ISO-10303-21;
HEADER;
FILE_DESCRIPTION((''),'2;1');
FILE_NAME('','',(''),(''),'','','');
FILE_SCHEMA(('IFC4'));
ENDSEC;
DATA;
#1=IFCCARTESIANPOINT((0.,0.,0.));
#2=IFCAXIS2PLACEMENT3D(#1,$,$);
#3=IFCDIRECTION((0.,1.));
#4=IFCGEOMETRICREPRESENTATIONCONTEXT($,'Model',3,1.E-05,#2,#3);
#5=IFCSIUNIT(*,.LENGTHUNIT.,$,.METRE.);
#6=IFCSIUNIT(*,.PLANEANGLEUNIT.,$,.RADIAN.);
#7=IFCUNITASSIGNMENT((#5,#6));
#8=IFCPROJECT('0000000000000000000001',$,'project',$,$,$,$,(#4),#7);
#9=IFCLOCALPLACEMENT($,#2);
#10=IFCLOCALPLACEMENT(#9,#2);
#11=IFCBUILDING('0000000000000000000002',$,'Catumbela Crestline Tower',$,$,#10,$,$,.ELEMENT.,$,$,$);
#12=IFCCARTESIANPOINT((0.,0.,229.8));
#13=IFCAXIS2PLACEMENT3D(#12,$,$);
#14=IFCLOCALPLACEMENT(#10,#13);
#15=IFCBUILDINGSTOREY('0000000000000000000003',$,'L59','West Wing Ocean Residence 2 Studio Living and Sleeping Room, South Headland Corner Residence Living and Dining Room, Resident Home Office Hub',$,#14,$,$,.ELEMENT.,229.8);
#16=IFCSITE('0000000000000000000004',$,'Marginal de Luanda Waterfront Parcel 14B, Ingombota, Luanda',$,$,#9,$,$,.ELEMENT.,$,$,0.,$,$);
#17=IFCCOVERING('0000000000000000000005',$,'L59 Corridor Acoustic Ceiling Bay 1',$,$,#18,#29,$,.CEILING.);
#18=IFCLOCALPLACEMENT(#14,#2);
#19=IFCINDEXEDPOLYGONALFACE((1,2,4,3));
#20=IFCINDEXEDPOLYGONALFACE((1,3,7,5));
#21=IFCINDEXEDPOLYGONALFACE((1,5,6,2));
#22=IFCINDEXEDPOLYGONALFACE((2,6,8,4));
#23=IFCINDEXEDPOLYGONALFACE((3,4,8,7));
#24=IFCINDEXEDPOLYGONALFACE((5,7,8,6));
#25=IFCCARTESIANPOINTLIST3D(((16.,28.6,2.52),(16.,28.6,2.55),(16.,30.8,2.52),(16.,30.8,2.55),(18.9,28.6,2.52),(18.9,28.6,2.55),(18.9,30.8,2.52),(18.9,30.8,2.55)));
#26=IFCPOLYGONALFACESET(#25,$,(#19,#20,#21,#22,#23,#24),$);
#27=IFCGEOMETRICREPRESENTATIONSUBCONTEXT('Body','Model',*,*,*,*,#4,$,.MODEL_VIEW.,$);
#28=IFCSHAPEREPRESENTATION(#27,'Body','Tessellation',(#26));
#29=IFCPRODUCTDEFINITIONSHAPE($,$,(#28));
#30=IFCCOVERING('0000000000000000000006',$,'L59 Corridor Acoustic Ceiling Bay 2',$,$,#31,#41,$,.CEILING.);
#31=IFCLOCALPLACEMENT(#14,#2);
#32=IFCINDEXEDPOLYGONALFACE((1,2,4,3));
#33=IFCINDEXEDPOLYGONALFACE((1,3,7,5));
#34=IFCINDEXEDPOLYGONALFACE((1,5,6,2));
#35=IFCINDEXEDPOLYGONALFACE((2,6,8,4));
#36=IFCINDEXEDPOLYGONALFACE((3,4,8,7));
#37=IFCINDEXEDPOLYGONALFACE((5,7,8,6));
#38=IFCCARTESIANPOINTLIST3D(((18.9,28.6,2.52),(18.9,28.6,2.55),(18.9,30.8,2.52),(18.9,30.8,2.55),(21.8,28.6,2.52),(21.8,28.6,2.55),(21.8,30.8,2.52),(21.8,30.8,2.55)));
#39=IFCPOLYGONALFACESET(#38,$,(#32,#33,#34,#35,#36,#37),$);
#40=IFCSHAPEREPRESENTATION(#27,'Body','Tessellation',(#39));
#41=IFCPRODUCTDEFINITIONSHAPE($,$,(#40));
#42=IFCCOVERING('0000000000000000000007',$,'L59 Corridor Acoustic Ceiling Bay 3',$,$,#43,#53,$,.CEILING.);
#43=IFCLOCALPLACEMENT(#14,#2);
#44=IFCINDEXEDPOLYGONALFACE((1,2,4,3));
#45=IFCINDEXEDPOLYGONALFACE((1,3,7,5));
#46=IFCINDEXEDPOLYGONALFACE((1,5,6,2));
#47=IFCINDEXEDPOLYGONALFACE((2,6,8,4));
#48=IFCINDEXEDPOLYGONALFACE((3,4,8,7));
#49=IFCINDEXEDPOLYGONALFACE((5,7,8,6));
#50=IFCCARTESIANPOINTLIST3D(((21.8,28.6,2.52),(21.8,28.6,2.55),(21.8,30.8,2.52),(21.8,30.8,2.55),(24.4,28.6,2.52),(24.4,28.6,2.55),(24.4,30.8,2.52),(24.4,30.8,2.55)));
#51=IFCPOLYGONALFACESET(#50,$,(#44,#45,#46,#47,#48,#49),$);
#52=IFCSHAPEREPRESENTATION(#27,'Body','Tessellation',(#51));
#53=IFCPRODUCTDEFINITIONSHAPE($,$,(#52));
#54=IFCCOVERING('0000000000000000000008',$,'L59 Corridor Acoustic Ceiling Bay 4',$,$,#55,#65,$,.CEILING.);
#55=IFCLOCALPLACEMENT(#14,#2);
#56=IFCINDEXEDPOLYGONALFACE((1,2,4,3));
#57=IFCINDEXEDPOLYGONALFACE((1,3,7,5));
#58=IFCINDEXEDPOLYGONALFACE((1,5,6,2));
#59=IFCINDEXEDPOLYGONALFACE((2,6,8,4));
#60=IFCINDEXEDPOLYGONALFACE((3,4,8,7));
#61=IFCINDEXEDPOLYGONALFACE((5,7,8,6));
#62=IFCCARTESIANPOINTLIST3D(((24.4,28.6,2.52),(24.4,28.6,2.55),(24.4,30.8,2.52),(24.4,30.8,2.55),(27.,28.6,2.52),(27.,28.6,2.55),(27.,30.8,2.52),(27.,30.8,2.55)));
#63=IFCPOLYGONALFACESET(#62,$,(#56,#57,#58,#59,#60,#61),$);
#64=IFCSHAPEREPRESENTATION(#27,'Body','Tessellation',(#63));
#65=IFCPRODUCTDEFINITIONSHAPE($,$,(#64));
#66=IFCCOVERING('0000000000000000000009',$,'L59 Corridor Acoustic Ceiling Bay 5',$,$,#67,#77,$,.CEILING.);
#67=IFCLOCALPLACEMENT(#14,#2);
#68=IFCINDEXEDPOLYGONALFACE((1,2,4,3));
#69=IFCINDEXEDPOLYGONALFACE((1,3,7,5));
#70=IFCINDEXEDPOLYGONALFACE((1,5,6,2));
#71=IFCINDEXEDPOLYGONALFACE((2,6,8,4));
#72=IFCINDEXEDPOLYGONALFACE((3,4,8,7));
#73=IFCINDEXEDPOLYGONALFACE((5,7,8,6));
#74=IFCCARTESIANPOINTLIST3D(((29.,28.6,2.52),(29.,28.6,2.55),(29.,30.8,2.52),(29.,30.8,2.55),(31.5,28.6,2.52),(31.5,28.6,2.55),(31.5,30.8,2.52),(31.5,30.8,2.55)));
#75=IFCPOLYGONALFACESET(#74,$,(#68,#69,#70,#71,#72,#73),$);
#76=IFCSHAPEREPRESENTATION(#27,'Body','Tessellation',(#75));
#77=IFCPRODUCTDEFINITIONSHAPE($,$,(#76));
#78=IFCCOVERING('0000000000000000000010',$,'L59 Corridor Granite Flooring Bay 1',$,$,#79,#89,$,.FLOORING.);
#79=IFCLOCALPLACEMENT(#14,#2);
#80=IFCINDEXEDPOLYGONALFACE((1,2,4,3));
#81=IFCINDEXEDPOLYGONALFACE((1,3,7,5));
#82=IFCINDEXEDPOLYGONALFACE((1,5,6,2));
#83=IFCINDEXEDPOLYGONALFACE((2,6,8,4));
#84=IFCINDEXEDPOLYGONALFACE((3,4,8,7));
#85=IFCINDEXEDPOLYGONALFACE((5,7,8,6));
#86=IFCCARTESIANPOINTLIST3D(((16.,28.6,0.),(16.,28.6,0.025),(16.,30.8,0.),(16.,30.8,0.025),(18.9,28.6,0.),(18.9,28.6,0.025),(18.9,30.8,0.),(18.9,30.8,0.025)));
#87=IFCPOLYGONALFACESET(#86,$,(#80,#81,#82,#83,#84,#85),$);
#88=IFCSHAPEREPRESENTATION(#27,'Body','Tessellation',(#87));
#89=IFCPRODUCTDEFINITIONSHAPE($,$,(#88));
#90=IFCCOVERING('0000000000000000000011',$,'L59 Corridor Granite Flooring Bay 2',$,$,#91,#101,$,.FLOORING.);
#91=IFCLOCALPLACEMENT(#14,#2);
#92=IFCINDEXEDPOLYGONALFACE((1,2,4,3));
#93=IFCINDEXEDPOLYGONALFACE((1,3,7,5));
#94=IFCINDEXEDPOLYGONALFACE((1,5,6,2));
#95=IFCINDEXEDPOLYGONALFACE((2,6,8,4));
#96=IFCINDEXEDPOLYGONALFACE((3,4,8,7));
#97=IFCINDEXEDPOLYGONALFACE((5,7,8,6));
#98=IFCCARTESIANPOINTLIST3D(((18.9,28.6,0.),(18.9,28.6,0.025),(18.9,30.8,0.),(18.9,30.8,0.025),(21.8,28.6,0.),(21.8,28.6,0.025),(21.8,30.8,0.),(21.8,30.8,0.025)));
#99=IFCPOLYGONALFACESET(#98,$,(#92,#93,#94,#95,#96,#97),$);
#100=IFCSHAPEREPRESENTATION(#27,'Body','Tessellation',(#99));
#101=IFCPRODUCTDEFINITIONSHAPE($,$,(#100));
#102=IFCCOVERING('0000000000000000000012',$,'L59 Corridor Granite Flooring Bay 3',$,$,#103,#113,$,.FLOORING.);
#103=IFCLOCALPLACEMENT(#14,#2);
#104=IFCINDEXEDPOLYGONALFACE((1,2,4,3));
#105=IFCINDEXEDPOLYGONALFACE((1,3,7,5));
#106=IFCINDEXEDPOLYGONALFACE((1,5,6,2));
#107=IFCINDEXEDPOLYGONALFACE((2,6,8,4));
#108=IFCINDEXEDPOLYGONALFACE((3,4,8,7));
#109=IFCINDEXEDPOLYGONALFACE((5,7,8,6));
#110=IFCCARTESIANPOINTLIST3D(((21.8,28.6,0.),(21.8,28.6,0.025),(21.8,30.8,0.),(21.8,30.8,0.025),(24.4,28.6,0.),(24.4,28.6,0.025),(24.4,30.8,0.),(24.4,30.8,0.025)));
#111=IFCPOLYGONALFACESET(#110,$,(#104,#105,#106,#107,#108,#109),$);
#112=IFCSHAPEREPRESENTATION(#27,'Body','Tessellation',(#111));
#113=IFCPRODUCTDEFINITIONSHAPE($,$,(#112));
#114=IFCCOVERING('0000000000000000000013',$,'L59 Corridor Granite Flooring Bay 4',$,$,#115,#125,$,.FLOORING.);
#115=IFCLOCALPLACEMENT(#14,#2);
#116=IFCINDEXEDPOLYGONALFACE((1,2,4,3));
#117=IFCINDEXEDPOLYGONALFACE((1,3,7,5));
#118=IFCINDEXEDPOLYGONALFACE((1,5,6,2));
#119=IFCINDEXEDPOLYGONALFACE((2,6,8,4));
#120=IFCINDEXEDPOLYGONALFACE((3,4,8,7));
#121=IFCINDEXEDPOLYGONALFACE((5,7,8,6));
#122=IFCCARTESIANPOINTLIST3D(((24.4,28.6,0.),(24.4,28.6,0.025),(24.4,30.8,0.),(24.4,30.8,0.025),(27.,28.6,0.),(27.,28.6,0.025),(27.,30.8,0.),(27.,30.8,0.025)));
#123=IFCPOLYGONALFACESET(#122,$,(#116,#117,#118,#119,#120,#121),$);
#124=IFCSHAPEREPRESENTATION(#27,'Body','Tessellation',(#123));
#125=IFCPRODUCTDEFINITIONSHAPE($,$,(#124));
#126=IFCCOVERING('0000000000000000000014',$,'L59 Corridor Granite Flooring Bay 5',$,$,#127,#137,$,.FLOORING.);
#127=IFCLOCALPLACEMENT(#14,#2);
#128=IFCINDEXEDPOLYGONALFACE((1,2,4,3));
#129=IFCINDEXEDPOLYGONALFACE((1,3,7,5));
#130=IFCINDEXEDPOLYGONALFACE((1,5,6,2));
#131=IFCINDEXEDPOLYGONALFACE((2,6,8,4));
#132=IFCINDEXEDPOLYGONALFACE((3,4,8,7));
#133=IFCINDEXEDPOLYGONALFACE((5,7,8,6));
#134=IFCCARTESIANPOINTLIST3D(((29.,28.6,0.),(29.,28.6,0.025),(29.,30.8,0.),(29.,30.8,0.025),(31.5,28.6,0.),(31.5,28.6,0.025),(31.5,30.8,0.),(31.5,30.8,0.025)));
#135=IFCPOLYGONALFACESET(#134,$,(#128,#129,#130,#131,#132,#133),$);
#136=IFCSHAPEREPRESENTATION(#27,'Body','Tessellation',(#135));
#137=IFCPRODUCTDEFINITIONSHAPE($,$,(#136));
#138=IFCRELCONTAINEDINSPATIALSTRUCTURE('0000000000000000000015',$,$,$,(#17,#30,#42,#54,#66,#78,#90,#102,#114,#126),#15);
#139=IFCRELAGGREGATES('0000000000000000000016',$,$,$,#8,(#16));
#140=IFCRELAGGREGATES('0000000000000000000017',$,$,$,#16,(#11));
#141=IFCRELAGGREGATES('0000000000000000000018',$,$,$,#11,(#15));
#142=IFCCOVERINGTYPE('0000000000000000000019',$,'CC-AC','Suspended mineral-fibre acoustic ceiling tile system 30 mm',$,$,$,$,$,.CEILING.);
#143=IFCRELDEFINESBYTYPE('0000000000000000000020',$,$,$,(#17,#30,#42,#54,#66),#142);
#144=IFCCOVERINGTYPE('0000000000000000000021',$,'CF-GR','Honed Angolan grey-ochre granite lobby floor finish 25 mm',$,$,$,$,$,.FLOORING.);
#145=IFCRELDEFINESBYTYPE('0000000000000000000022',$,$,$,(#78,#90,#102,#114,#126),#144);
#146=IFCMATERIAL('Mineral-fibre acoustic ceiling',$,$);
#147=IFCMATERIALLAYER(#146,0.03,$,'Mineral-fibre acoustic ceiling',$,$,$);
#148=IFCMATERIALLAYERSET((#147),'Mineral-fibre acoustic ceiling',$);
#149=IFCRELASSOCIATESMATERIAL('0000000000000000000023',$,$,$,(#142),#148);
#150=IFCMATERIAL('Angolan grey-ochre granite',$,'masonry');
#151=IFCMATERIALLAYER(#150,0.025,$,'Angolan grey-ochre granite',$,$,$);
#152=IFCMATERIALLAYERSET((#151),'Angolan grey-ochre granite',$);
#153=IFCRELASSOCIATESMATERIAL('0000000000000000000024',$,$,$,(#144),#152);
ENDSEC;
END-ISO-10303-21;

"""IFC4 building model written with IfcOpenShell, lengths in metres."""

from ifc_helpers import new_model, si_unit, direction, frame, origin, place, context, subcontext, project, spatial, polyline, outline, extrude, material, layer, layer_set, type_object, element, save


model = new_model("IFC4")

# Units and contexts
model_context = context("Model", 3, precision=1e-05, world=origin(), true_north=direction((0.0, 1.0)))
body_context = subcontext(model_context, "Body", "Model", "MODEL_VIEW")
ifc_project = project(units=[si_unit("LENGTHUNIT", "METRE"), si_unit("PLANEANGLEUNIT", "RADIAN")], contexts=[model_context])

# Site, building, storey
site_placement = place(None, origin())
site = spatial("IfcSite", under=ifc_project, at=site_placement, Name="Marginal de Luanda Waterfront Parcel 14B, Ingombota, Luanda", CompositionType="ELEMENT", RefElevation=0.0)
building_placement = place(site_placement, origin())
building = spatial("IfcBuilding", under=site, at=building_placement, Name="Catumbela Crestline Tower", CompositionType="ELEMENT")
storey_placement = place(building_placement, frame((0.0, 0.0, 229.8)))
storey = spatial("IfcBuildingStorey", under=building, at=storey_placement, Name="L59", Description="West Wing Ocean Residence 2 Studio Living and Sleeping Room, South Headland Corner Residence Living and Dining Room, Resident Home Office Hub", CompositionType="ELEMENT", Elevation=229.8)

# Coverings
ifc_material_1 = material(Name="Mineral-fibre acoustic ceiling")
ifc_layer_1 = layer(ifc_material_1, 0.03, Name="Mineral-fibre acoustic ceiling")
ifc_layer_set_1 = layer_set([ifc_layer_1], Name="Mineral-fibre acoustic ceiling")
covering_type_1 = type_object("IfcCoveringType", Name="CC-AC", Description="Suspended mineral-fibre acoustic ceiling tile system 30 mm", PredefinedType="CEILING", material=ifc_layer_set_1)
covering_1_placement = place(storey_placement, frame((0.0, 0.0, 2.52)))
element("IfcCovering", 1, at=covering_1_placement, inside=storey, type_object=covering_type_1, Name="L59 Corridor Acoustic Ceiling Bay 1", PredefinedType="CEILING", context=body_context, shape_type="SweptSolid", body=[
    extrude(outline(polyline([(16.0, 28.6), (18.9, 28.6), (18.9, 30.8), (16.0, 30.8), (16.0, 28.6)])), origin(), (0.0, 0.0, 1.0), 0.03),
])
covering_2_placement = place(storey_placement, frame((0.0, 0.0, 2.52)))
element("IfcCovering", 2, at=covering_2_placement, inside=storey, type_object=covering_type_1, Name="L59 Corridor Acoustic Ceiling Bay 2", PredefinedType="CEILING", context=body_context, shape_type="SweptSolid", body=[
    extrude(outline(polyline([(18.9, 28.6), (21.8, 28.6), (21.8, 30.8), (18.9, 30.8), (18.9, 28.6)])), origin(), (0.0, 0.0, 1.0), 0.03),
])
covering_3_placement = place(storey_placement, frame((0.0, 0.0, 2.52)))
element("IfcCovering", 3, at=covering_3_placement, inside=storey, type_object=covering_type_1, Name="L59 Corridor Acoustic Ceiling Bay 3", PredefinedType="CEILING", context=body_context, shape_type="SweptSolid", body=[
    extrude(outline(polyline([(21.8, 28.6), (24.4, 28.6), (24.4, 30.8), (21.8, 30.8), (21.8, 28.6)])), origin(), (0.0, 0.0, 1.0), 0.03),
])
covering_4_placement = place(storey_placement, frame((0.0, 0.0, 2.52)))
element("IfcCovering", 4, at=covering_4_placement, inside=storey, type_object=covering_type_1, Name="L59 Corridor Acoustic Ceiling Bay 4", PredefinedType="CEILING", context=body_context, shape_type="SweptSolid", body=[
    extrude(outline(polyline([(24.4, 28.6), (27.0, 28.6), (27.0, 30.8), (24.4, 30.8), (24.4, 28.6)])), origin(), (0.0, 0.0, 1.0), 0.03),
])
covering_5_placement = place(storey_placement, frame((0.0, 0.0, 2.52)))
element("IfcCovering", 5, at=covering_5_placement, inside=storey, type_object=covering_type_1, Name="L59 Corridor Acoustic Ceiling Bay 5", PredefinedType="CEILING", context=body_context, shape_type="SweptSolid", body=[
    extrude(outline(polyline([(29.0, 28.6), (31.5, 28.6), (31.5, 30.8), (29.0, 30.8), (29.0, 28.6)])), origin(), (0.0, 0.0, 1.0), 0.03),
])
ifc_material_2 = material(Name="Angolan grey-ochre granite", Category="masonry")
ifc_layer_2 = layer(ifc_material_2, 0.025, Name="Angolan grey-ochre granite")
ifc_layer_set_2 = layer_set([ifc_layer_2], Name="Angolan grey-ochre granite")
covering_type_2 = type_object("IfcCoveringType", Name="CF-GR", Description="Honed Angolan grey-ochre granite lobby floor finish 25 mm", PredefinedType="FLOORING", material=ifc_layer_set_2)
covering_6_placement = place(storey_placement, origin())
element("IfcCovering", 6, at=covering_6_placement, inside=storey, type_object=covering_type_2, Name="L59 Corridor Granite Flooring Bay 1", PredefinedType="FLOORING", context=body_context, shape_type="SweptSolid", body=[
    extrude(outline(polyline([(16.0, 28.6), (18.9, 28.6), (18.9, 30.8), (16.0, 30.8), (16.0, 28.6)])), origin(), (0.0, 0.0, 1.0), 0.025),
])
covering_7_placement = place(storey_placement, origin())
element("IfcCovering", 7, at=covering_7_placement, inside=storey, type_object=covering_type_2, Name="L59 Corridor Granite Flooring Bay 2", PredefinedType="FLOORING", context=body_context, shape_type="SweptSolid", body=[
    extrude(outline(polyline([(18.9, 28.6), (21.8, 28.6), (21.8, 30.8), (18.9, 30.8), (18.9, 28.6)])), origin(), (0.0, 0.0, 1.0), 0.025),
])
covering_8_placement = place(storey_placement, origin())
element("IfcCovering", 8, at=covering_8_placement, inside=storey, type_object=covering_type_2, Name="L59 Corridor Granite Flooring Bay 3", PredefinedType="FLOORING", context=body_context, shape_type="SweptSolid", body=[
    extrude(outline(polyline([(21.8, 28.6), (24.4, 28.6), (24.4, 30.8), (21.8, 30.8), (21.8, 28.6)])), origin(), (0.0, 0.0, 1.0), 0.025),
])
covering_9_placement = place(storey_placement, origin())
element("IfcCovering", 9, at=covering_9_placement, inside=storey, type_object=covering_type_2, Name="L59 Corridor Granite Flooring Bay 4", PredefinedType="FLOORING", context=body_context, shape_type="SweptSolid", body=[
    extrude(outline(polyline([(24.4, 28.6), (27.0, 28.6), (27.0, 30.8), (24.4, 30.8), (24.4, 28.6)])), origin(), (0.0, 0.0, 1.0), 0.025),
])
covering_10_placement = place(storey_placement, origin())
element("IfcCovering", 10, at=covering_10_placement, inside=storey, type_object=covering_type_2, Name="L59 Corridor Granite Flooring Bay 5", PredefinedType="FLOORING", context=body_context, shape_type="SweptSolid", body=[
    extrude(outline(polyline([(29.0, 28.6), (31.5, 28.6), (31.5, 30.8), (29.0, 30.8), (29.0, 28.6)])), origin(), (0.0, 0.0, 1.0), 0.025),
])

save(model, "model.ifc")
